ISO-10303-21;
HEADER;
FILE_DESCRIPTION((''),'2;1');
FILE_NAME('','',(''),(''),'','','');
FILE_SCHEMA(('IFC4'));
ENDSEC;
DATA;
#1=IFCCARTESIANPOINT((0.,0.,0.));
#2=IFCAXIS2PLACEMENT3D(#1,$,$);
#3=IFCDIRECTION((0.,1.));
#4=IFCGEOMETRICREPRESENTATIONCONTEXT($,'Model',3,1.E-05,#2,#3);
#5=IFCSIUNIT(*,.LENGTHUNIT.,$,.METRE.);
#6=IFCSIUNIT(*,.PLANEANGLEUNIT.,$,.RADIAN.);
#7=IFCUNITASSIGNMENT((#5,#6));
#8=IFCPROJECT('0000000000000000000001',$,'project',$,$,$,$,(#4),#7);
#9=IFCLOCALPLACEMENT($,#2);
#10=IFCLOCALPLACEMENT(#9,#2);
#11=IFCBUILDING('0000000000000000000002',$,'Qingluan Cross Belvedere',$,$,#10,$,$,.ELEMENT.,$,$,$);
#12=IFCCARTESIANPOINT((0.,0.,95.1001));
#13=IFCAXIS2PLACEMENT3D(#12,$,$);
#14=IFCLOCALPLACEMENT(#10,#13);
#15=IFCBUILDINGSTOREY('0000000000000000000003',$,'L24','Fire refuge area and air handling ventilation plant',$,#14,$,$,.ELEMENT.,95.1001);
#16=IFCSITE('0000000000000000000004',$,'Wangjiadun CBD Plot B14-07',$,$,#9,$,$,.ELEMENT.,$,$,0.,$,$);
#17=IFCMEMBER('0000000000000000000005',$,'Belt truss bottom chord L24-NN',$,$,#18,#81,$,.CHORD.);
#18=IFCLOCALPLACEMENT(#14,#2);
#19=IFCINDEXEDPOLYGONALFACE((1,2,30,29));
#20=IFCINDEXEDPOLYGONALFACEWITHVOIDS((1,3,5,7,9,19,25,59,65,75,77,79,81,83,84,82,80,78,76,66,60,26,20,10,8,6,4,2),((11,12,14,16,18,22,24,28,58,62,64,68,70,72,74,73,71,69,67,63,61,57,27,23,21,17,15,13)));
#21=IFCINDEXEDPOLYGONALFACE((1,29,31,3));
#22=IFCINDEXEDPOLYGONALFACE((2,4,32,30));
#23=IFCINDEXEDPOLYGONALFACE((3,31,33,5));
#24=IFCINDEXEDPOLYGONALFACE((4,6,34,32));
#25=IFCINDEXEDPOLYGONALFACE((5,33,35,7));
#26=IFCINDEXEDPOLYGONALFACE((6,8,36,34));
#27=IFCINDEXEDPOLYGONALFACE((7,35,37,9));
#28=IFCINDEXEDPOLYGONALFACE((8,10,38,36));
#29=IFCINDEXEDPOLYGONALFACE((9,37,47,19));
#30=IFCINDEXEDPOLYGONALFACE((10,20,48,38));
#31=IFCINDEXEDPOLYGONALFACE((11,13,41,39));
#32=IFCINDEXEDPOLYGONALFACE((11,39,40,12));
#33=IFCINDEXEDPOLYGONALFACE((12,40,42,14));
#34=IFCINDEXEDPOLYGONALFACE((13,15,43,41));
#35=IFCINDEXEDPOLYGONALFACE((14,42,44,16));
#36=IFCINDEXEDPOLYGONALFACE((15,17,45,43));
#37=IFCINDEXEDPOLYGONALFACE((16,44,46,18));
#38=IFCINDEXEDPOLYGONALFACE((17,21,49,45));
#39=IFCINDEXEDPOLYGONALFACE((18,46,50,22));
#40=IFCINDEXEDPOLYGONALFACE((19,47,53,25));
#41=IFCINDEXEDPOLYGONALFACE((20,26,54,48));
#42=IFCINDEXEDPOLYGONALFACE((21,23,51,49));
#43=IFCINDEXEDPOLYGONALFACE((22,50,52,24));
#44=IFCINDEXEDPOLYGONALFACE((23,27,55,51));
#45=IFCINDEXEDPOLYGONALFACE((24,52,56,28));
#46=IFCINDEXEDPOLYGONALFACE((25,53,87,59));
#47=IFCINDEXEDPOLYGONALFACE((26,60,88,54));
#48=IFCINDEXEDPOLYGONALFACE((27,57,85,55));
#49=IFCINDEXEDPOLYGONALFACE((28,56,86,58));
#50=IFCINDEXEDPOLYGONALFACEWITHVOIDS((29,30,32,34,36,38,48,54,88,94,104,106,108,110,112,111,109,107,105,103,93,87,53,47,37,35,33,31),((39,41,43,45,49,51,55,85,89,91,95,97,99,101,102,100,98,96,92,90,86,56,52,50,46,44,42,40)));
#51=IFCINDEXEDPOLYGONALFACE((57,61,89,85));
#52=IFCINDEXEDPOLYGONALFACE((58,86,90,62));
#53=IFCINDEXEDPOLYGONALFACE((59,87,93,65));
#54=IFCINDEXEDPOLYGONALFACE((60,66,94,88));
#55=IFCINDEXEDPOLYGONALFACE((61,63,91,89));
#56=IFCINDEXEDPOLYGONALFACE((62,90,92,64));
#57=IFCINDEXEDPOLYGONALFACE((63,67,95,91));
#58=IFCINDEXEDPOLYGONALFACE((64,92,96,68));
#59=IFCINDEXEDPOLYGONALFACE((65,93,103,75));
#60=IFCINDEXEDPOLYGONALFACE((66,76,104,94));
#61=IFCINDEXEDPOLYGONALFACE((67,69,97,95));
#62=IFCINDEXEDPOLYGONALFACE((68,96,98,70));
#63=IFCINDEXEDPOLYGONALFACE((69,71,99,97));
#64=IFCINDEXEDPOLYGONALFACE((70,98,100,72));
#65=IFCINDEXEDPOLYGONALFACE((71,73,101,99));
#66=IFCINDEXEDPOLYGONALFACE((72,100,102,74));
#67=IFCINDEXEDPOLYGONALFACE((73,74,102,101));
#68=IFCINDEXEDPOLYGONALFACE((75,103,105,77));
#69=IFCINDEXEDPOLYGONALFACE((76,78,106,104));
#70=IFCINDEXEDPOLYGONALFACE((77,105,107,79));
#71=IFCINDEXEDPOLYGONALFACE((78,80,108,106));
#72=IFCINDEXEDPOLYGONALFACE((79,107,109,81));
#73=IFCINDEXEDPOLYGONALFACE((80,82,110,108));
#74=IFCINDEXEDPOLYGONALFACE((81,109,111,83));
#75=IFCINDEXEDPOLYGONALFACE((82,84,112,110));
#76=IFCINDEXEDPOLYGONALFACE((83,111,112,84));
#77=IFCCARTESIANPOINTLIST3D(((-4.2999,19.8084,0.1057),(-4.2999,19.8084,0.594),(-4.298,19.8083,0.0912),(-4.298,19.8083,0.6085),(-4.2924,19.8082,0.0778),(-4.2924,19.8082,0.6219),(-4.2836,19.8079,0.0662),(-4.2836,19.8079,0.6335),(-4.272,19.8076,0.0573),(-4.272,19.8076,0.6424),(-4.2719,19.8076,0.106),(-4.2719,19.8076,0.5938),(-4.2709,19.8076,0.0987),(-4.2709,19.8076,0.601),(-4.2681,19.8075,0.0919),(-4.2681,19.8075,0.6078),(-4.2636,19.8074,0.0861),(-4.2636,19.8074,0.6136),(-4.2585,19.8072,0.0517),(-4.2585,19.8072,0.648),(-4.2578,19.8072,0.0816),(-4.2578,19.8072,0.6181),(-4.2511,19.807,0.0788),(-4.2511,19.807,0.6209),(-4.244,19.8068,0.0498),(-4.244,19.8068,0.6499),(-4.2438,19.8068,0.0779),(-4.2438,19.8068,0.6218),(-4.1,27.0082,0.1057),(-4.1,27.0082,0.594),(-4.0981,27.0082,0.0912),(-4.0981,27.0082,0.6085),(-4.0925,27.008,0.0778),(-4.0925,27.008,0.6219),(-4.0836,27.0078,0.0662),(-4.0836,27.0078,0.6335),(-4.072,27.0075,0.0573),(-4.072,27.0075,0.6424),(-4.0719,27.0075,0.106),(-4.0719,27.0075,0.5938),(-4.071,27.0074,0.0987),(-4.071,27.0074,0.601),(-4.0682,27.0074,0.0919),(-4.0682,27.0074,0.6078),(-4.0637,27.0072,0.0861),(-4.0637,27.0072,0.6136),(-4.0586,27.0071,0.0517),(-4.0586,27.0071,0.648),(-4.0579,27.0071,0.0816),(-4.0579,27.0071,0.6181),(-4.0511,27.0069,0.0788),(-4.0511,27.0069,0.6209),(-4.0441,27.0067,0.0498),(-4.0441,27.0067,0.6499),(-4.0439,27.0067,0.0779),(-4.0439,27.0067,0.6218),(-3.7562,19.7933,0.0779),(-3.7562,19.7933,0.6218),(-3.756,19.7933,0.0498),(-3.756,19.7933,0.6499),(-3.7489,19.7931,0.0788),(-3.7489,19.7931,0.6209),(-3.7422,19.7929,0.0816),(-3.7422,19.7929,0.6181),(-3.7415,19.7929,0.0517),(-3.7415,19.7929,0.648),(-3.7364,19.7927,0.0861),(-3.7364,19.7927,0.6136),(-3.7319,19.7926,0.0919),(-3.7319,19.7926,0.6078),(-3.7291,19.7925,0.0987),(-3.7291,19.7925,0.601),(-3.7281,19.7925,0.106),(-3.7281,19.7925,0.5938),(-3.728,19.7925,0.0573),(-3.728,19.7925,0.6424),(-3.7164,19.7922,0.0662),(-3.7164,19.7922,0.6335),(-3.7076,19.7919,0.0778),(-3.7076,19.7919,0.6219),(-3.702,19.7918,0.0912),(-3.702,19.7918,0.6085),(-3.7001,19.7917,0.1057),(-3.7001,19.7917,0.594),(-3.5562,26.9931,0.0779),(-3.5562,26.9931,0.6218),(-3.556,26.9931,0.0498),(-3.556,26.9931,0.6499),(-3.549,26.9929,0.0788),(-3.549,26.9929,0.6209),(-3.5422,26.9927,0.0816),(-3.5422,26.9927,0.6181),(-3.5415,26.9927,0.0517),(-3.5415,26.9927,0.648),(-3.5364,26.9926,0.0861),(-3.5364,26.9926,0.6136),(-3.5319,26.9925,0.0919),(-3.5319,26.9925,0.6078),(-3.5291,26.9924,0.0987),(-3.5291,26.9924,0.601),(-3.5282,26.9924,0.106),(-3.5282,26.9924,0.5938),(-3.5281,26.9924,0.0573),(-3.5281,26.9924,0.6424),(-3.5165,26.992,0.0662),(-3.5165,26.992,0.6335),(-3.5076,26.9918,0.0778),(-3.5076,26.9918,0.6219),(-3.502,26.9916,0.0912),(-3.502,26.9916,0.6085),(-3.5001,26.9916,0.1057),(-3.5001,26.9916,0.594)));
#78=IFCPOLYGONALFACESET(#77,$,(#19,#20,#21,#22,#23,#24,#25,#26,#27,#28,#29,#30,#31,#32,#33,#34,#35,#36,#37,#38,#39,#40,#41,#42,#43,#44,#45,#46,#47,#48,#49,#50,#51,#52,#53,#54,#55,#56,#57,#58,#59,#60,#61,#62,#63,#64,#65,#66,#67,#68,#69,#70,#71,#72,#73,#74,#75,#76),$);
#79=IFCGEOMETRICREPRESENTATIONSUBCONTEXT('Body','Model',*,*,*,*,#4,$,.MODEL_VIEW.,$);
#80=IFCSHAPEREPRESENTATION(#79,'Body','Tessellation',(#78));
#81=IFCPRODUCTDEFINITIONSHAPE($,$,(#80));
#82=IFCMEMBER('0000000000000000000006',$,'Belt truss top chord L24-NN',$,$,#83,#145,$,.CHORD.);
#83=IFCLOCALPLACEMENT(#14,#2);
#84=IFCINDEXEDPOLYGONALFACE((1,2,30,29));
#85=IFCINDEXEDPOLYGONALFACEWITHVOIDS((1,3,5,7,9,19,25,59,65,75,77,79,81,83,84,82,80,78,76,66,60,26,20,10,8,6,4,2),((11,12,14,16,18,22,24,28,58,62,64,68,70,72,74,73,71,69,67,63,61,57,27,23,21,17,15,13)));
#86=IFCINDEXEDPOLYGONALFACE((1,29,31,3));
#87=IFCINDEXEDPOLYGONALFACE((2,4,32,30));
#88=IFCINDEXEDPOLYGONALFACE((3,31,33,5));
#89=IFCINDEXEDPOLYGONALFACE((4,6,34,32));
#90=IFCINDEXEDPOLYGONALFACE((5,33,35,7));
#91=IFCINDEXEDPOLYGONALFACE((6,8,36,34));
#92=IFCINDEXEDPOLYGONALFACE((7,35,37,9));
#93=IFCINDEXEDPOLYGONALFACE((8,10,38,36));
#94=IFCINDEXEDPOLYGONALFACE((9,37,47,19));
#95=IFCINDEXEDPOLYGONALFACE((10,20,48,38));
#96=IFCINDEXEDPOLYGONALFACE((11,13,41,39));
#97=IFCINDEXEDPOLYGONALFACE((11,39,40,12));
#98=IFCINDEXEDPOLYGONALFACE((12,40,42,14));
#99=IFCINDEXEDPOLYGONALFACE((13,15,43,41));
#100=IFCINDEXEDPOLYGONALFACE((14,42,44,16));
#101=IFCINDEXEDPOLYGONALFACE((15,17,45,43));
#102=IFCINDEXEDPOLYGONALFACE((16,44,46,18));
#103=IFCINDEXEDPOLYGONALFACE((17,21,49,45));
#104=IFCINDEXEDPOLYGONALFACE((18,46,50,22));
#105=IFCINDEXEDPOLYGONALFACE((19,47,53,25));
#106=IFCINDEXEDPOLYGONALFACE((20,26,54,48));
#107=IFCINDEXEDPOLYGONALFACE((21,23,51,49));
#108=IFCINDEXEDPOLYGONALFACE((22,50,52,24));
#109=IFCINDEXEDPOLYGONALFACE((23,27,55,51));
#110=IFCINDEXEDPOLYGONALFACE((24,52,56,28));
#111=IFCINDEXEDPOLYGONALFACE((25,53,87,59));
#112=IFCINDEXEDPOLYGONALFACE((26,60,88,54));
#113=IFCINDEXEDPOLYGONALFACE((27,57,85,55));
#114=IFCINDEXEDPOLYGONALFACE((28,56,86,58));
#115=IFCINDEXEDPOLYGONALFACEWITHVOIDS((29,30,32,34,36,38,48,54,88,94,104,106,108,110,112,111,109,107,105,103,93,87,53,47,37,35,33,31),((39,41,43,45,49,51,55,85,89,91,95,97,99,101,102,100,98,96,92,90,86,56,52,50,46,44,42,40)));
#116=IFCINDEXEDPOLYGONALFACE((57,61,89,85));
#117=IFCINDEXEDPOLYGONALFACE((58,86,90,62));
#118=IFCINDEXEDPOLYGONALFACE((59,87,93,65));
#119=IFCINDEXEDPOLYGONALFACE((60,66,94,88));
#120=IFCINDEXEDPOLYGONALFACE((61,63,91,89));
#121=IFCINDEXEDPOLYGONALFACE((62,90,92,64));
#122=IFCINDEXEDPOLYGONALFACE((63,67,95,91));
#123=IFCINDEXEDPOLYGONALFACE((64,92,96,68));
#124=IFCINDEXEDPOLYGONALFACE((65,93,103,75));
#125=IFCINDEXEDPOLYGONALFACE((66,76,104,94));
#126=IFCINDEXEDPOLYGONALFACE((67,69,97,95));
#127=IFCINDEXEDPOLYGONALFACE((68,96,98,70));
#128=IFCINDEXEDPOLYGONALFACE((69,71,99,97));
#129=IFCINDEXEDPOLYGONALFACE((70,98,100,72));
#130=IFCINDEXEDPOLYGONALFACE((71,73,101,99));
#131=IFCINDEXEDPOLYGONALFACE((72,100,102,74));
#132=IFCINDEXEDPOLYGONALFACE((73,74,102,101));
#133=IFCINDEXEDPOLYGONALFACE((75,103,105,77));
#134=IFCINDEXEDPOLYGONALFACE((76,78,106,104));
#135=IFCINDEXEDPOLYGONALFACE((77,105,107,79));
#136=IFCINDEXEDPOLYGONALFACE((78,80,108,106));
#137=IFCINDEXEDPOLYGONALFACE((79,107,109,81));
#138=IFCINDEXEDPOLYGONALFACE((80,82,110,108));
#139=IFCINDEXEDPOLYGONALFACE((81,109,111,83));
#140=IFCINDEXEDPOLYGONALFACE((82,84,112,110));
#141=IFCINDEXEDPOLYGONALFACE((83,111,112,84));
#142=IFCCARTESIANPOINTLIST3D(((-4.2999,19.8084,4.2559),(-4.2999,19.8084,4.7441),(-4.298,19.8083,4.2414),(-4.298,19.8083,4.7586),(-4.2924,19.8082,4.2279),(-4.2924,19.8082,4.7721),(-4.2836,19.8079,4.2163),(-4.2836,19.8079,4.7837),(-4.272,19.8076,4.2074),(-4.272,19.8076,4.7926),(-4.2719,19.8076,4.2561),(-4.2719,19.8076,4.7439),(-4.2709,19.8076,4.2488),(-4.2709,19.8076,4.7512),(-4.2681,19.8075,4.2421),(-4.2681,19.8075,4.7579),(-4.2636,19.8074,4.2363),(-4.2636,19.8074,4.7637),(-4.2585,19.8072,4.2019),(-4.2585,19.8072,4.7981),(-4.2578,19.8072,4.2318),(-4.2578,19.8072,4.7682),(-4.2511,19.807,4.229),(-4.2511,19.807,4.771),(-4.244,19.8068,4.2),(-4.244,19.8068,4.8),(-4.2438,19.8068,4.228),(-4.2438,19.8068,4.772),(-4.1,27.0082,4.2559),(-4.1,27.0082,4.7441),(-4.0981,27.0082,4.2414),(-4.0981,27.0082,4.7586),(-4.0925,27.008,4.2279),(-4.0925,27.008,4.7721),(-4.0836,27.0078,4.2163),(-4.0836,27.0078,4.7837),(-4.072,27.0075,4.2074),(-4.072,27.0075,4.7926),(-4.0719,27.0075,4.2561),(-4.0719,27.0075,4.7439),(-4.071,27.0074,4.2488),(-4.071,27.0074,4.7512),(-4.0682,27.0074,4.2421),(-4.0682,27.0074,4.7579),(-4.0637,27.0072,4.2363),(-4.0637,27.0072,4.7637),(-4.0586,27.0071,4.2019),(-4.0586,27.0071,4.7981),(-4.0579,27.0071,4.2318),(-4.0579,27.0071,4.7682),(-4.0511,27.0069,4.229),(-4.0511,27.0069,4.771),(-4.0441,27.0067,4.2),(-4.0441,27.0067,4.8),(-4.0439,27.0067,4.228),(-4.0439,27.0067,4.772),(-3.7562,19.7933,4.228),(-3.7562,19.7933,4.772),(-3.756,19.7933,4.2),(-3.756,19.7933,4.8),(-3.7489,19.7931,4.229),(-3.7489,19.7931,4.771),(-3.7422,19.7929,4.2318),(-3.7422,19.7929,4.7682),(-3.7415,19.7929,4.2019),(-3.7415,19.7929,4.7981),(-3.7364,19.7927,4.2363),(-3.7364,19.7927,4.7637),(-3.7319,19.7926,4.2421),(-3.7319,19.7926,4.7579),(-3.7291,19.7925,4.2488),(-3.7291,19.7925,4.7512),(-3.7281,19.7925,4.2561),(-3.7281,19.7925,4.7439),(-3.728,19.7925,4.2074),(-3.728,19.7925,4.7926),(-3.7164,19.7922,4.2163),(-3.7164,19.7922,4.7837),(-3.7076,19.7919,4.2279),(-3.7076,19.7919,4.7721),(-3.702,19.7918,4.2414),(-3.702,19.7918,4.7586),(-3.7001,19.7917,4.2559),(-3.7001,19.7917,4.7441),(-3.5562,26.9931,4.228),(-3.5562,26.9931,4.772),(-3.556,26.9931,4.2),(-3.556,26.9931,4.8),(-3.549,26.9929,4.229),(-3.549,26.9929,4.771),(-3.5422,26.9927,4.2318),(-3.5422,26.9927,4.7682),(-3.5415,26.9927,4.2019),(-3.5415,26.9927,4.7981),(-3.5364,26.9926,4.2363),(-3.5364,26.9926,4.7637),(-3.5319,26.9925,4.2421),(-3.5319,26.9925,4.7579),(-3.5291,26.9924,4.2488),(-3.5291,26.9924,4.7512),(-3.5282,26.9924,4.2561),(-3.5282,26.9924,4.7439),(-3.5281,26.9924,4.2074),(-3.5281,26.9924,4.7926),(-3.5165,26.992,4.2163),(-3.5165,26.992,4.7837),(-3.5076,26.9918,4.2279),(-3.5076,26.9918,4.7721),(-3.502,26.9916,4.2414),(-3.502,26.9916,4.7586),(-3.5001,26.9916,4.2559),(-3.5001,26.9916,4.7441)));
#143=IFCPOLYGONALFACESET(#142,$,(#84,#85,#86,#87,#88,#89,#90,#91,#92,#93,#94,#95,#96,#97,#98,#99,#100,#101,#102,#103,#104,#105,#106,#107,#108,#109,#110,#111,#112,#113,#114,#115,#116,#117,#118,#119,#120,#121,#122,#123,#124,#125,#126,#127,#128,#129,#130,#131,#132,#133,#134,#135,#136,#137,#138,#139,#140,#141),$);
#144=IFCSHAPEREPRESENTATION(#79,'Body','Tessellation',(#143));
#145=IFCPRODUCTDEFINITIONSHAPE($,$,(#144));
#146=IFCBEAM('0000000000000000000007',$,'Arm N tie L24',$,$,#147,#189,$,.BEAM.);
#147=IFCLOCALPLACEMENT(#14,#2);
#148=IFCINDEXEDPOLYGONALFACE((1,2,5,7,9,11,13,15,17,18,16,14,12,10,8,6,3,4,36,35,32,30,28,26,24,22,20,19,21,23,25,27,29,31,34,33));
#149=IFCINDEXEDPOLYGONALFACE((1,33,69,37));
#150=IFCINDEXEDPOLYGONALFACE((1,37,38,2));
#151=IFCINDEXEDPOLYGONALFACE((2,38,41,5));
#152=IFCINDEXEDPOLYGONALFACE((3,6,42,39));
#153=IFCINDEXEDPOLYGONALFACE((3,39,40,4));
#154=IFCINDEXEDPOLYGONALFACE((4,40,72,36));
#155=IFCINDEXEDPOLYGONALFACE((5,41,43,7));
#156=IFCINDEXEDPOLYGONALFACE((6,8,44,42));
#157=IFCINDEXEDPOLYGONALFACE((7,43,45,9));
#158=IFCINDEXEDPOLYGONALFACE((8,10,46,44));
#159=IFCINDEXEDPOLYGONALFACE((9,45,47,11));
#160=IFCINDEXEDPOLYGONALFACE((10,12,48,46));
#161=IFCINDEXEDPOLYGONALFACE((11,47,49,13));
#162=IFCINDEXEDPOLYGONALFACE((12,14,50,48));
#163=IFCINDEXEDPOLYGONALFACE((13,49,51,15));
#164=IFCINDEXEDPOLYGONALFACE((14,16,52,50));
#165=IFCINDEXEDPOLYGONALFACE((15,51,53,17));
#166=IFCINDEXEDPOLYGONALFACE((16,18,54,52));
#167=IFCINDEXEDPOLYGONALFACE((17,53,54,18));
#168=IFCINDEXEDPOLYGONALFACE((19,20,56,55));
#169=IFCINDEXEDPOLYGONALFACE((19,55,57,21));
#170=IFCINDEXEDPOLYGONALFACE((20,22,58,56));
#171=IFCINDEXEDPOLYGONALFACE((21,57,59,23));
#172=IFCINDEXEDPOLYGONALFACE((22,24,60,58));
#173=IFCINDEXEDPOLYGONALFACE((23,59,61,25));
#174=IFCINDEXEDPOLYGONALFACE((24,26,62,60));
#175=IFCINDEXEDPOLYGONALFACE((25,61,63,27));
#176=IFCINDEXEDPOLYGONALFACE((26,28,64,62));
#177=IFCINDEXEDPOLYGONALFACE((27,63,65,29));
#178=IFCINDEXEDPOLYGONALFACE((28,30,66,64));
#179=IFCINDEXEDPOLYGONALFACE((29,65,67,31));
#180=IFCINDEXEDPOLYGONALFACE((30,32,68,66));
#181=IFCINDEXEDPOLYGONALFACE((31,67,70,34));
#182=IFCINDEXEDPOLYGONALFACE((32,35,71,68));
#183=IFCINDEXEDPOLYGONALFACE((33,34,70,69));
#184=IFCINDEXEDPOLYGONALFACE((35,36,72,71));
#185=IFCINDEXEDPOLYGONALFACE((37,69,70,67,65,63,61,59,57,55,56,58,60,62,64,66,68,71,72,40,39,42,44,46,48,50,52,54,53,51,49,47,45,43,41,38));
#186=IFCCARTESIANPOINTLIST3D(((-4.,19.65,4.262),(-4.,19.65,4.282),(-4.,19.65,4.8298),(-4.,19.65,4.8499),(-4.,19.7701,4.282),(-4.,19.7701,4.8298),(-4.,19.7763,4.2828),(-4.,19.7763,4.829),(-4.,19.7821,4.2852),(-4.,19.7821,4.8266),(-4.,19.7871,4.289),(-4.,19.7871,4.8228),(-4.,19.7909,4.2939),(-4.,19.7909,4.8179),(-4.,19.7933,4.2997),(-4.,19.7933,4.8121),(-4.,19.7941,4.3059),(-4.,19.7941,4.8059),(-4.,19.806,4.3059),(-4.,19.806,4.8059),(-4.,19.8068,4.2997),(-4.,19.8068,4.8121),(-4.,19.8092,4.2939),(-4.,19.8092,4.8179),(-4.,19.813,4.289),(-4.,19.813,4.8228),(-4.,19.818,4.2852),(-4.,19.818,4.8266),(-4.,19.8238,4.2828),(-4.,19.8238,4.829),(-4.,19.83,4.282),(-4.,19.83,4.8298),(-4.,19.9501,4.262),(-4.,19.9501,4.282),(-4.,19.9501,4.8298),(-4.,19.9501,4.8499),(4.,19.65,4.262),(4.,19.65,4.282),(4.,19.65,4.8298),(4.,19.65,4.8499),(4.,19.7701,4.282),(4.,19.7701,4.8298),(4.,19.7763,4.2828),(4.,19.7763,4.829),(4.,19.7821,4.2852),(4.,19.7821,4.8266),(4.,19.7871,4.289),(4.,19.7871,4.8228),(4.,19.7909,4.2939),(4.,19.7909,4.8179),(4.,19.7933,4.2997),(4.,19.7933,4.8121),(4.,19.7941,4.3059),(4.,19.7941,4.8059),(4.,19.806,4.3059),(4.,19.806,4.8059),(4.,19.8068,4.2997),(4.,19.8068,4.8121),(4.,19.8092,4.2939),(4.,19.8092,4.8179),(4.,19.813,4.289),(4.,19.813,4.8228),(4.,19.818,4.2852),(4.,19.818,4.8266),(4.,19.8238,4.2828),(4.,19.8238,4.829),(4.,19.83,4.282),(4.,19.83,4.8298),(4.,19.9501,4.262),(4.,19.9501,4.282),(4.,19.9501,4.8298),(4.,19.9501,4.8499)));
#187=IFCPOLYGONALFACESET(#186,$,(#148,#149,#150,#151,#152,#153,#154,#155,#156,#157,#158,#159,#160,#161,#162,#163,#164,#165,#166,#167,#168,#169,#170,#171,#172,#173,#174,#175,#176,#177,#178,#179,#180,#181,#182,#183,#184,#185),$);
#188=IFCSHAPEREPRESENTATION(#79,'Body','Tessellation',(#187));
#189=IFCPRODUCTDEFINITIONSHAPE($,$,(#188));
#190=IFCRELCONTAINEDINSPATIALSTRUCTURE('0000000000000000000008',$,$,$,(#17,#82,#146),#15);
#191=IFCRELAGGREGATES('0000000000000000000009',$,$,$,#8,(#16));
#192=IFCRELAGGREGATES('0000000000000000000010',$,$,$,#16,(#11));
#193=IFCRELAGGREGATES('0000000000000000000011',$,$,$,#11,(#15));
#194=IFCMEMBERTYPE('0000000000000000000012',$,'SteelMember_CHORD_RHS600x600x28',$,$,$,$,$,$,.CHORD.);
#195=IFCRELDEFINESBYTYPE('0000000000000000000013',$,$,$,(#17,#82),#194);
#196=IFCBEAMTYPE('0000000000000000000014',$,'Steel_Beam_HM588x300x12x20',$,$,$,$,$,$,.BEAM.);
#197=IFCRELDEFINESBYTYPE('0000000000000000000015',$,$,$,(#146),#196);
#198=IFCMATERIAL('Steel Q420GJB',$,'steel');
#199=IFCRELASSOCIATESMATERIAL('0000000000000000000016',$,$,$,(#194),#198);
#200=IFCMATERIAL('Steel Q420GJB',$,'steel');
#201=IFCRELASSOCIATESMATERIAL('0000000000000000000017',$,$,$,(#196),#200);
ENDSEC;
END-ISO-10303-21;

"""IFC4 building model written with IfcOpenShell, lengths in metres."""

from ifc_helpers import new_model, si_unit, direction, frame, origin, origin_2d, place, context, subcontext, project, spatial, hollow_rectangle, i_section, extrude, material, material_profile, profile_set, type_object, element, save


model = new_model("IFC4")

# Units and contexts
model_context = context("Model", 3, precision=1e-05, world=origin(), true_north=direction((0.0, 1.0)))
body_context = subcontext(model_context, "Body", "Model", "MODEL_VIEW")
ifc_project = project(units=[si_unit("LENGTHUNIT", "METRE"), si_unit("PLANEANGLEUNIT", "RADIAN")], contexts=[model_context])

# Site, building, storey
site_placement = place(None, origin())
site = spatial("IfcSite", under=ifc_project, at=site_placement, Name="Wangjiadun CBD Plot B14-07", CompositionType="ELEMENT", RefElevation=0.0)
building_placement = place(site_placement, origin())
building = spatial("IfcBuilding", under=site, at=building_placement, Name="Qingluan Cross Belvedere", CompositionType="ELEMENT")
storey_placement = place(building_placement, frame((0.0, 0.0, 95.1001)))
storey = spatial("IfcBuildingStorey", under=building, at=storey_placement, Name="L24", Description="Fire refuge area and air handling ventilation plant", CompositionType="ELEMENT", Elevation=95.1001)

# Members
ifc_material_1 = material(Name="Steel Q420GJB", Category="steel")
ifc_material_profile_1 = material_profile(ifc_material_1, hollow_rectangle(XDim=0.6001, YDim=0.6001, WallThickness=0.0281, InnerFilletRadius=0.0281, OuterFilletRadius=0.0559, at=origin_2d()), Name="RHS600x600x28")
ifc_profile_set_1 = profile_set([ifc_material_profile_1], Name="Steel Q420GJB")
member_type_1 = type_object("IfcMemberType", Name="SteelMember_CHORD_RHS600x600x28", PredefinedType="CHORD", material=ifc_profile_set_1)
for number, where, z_axis, x_axis, name in (
    (1, (-4.0, 19.8, 0.3499), (0.02776, 0.999615, 0.0), (-0.999615, 0.02776, 0.0), "Belt truss bottom chord L24-NN"),
    (2, (-4.0, 19.8, 4.5), (0.02776, 0.999615, 0.0), (-0.999615, 0.02776, 0.0), "Belt truss top chord L24-NN"),
):
    element("IfcMember", number, at=place(storey_placement, frame(where, z_axis=z_axis, x_axis=x_axis)), inside=storey, type_object=member_type_1, Name=name, PredefinedType="CHORD", context=body_context, shape_type="SweptSolid", body=[
        extrude(hollow_rectangle(XDim=0.6001, YDim=0.6001, WallThickness=0.0281, InnerFilletRadius=0.0281, OuterFilletRadius=0.0559, at=origin_2d()), origin(), (0.0, 0.0, 1.0), 7.2026),
    ])

# Beam
ifc_material_2 = material(Name="Steel Q420GJB", Category="steel")
ifc_material_profile_2 = material_profile(ifc_material_2, i_section(OverallWidth=0.3, OverallDepth=0.5879, WebThickness=0.012, FlangeThickness=0.02, FilletRadius=0.0239, at=origin_2d()), Name="HM588x300x12x20")
ifc_profile_set_2 = profile_set([ifc_material_profile_2], Name="Steel Q420GJB")
beam_type_1 = type_object("IfcBeamType", Name="Steel_Beam_HM588x300x12x20", PredefinedType="BEAM", material=ifc_profile_set_2)
for number, where, z_axis, x_axis, name in (
    (3, (-4.0, 19.8, 4.5559), (1.0, 0.0, 0.0), (0.0, 1.0, 0.0), "Arm N tie L24"),
):
    element("IfcBeam", number, at=place(storey_placement, frame(where, z_axis=z_axis, x_axis=x_axis)), inside=storey, type_object=beam_type_1, Name=name, PredefinedType="BEAM", context=body_context, shape_type="SweptSolid", body=[
        extrude(i_section(OverallWidth=0.3, OverallDepth=0.5879, WebThickness=0.012, FlangeThickness=0.02, FilletRadius=0.0239, at=origin_2d()), origin(), (0.0, 0.0, 1.0), 8.0),
    ])

save(model, "model.ifc")
